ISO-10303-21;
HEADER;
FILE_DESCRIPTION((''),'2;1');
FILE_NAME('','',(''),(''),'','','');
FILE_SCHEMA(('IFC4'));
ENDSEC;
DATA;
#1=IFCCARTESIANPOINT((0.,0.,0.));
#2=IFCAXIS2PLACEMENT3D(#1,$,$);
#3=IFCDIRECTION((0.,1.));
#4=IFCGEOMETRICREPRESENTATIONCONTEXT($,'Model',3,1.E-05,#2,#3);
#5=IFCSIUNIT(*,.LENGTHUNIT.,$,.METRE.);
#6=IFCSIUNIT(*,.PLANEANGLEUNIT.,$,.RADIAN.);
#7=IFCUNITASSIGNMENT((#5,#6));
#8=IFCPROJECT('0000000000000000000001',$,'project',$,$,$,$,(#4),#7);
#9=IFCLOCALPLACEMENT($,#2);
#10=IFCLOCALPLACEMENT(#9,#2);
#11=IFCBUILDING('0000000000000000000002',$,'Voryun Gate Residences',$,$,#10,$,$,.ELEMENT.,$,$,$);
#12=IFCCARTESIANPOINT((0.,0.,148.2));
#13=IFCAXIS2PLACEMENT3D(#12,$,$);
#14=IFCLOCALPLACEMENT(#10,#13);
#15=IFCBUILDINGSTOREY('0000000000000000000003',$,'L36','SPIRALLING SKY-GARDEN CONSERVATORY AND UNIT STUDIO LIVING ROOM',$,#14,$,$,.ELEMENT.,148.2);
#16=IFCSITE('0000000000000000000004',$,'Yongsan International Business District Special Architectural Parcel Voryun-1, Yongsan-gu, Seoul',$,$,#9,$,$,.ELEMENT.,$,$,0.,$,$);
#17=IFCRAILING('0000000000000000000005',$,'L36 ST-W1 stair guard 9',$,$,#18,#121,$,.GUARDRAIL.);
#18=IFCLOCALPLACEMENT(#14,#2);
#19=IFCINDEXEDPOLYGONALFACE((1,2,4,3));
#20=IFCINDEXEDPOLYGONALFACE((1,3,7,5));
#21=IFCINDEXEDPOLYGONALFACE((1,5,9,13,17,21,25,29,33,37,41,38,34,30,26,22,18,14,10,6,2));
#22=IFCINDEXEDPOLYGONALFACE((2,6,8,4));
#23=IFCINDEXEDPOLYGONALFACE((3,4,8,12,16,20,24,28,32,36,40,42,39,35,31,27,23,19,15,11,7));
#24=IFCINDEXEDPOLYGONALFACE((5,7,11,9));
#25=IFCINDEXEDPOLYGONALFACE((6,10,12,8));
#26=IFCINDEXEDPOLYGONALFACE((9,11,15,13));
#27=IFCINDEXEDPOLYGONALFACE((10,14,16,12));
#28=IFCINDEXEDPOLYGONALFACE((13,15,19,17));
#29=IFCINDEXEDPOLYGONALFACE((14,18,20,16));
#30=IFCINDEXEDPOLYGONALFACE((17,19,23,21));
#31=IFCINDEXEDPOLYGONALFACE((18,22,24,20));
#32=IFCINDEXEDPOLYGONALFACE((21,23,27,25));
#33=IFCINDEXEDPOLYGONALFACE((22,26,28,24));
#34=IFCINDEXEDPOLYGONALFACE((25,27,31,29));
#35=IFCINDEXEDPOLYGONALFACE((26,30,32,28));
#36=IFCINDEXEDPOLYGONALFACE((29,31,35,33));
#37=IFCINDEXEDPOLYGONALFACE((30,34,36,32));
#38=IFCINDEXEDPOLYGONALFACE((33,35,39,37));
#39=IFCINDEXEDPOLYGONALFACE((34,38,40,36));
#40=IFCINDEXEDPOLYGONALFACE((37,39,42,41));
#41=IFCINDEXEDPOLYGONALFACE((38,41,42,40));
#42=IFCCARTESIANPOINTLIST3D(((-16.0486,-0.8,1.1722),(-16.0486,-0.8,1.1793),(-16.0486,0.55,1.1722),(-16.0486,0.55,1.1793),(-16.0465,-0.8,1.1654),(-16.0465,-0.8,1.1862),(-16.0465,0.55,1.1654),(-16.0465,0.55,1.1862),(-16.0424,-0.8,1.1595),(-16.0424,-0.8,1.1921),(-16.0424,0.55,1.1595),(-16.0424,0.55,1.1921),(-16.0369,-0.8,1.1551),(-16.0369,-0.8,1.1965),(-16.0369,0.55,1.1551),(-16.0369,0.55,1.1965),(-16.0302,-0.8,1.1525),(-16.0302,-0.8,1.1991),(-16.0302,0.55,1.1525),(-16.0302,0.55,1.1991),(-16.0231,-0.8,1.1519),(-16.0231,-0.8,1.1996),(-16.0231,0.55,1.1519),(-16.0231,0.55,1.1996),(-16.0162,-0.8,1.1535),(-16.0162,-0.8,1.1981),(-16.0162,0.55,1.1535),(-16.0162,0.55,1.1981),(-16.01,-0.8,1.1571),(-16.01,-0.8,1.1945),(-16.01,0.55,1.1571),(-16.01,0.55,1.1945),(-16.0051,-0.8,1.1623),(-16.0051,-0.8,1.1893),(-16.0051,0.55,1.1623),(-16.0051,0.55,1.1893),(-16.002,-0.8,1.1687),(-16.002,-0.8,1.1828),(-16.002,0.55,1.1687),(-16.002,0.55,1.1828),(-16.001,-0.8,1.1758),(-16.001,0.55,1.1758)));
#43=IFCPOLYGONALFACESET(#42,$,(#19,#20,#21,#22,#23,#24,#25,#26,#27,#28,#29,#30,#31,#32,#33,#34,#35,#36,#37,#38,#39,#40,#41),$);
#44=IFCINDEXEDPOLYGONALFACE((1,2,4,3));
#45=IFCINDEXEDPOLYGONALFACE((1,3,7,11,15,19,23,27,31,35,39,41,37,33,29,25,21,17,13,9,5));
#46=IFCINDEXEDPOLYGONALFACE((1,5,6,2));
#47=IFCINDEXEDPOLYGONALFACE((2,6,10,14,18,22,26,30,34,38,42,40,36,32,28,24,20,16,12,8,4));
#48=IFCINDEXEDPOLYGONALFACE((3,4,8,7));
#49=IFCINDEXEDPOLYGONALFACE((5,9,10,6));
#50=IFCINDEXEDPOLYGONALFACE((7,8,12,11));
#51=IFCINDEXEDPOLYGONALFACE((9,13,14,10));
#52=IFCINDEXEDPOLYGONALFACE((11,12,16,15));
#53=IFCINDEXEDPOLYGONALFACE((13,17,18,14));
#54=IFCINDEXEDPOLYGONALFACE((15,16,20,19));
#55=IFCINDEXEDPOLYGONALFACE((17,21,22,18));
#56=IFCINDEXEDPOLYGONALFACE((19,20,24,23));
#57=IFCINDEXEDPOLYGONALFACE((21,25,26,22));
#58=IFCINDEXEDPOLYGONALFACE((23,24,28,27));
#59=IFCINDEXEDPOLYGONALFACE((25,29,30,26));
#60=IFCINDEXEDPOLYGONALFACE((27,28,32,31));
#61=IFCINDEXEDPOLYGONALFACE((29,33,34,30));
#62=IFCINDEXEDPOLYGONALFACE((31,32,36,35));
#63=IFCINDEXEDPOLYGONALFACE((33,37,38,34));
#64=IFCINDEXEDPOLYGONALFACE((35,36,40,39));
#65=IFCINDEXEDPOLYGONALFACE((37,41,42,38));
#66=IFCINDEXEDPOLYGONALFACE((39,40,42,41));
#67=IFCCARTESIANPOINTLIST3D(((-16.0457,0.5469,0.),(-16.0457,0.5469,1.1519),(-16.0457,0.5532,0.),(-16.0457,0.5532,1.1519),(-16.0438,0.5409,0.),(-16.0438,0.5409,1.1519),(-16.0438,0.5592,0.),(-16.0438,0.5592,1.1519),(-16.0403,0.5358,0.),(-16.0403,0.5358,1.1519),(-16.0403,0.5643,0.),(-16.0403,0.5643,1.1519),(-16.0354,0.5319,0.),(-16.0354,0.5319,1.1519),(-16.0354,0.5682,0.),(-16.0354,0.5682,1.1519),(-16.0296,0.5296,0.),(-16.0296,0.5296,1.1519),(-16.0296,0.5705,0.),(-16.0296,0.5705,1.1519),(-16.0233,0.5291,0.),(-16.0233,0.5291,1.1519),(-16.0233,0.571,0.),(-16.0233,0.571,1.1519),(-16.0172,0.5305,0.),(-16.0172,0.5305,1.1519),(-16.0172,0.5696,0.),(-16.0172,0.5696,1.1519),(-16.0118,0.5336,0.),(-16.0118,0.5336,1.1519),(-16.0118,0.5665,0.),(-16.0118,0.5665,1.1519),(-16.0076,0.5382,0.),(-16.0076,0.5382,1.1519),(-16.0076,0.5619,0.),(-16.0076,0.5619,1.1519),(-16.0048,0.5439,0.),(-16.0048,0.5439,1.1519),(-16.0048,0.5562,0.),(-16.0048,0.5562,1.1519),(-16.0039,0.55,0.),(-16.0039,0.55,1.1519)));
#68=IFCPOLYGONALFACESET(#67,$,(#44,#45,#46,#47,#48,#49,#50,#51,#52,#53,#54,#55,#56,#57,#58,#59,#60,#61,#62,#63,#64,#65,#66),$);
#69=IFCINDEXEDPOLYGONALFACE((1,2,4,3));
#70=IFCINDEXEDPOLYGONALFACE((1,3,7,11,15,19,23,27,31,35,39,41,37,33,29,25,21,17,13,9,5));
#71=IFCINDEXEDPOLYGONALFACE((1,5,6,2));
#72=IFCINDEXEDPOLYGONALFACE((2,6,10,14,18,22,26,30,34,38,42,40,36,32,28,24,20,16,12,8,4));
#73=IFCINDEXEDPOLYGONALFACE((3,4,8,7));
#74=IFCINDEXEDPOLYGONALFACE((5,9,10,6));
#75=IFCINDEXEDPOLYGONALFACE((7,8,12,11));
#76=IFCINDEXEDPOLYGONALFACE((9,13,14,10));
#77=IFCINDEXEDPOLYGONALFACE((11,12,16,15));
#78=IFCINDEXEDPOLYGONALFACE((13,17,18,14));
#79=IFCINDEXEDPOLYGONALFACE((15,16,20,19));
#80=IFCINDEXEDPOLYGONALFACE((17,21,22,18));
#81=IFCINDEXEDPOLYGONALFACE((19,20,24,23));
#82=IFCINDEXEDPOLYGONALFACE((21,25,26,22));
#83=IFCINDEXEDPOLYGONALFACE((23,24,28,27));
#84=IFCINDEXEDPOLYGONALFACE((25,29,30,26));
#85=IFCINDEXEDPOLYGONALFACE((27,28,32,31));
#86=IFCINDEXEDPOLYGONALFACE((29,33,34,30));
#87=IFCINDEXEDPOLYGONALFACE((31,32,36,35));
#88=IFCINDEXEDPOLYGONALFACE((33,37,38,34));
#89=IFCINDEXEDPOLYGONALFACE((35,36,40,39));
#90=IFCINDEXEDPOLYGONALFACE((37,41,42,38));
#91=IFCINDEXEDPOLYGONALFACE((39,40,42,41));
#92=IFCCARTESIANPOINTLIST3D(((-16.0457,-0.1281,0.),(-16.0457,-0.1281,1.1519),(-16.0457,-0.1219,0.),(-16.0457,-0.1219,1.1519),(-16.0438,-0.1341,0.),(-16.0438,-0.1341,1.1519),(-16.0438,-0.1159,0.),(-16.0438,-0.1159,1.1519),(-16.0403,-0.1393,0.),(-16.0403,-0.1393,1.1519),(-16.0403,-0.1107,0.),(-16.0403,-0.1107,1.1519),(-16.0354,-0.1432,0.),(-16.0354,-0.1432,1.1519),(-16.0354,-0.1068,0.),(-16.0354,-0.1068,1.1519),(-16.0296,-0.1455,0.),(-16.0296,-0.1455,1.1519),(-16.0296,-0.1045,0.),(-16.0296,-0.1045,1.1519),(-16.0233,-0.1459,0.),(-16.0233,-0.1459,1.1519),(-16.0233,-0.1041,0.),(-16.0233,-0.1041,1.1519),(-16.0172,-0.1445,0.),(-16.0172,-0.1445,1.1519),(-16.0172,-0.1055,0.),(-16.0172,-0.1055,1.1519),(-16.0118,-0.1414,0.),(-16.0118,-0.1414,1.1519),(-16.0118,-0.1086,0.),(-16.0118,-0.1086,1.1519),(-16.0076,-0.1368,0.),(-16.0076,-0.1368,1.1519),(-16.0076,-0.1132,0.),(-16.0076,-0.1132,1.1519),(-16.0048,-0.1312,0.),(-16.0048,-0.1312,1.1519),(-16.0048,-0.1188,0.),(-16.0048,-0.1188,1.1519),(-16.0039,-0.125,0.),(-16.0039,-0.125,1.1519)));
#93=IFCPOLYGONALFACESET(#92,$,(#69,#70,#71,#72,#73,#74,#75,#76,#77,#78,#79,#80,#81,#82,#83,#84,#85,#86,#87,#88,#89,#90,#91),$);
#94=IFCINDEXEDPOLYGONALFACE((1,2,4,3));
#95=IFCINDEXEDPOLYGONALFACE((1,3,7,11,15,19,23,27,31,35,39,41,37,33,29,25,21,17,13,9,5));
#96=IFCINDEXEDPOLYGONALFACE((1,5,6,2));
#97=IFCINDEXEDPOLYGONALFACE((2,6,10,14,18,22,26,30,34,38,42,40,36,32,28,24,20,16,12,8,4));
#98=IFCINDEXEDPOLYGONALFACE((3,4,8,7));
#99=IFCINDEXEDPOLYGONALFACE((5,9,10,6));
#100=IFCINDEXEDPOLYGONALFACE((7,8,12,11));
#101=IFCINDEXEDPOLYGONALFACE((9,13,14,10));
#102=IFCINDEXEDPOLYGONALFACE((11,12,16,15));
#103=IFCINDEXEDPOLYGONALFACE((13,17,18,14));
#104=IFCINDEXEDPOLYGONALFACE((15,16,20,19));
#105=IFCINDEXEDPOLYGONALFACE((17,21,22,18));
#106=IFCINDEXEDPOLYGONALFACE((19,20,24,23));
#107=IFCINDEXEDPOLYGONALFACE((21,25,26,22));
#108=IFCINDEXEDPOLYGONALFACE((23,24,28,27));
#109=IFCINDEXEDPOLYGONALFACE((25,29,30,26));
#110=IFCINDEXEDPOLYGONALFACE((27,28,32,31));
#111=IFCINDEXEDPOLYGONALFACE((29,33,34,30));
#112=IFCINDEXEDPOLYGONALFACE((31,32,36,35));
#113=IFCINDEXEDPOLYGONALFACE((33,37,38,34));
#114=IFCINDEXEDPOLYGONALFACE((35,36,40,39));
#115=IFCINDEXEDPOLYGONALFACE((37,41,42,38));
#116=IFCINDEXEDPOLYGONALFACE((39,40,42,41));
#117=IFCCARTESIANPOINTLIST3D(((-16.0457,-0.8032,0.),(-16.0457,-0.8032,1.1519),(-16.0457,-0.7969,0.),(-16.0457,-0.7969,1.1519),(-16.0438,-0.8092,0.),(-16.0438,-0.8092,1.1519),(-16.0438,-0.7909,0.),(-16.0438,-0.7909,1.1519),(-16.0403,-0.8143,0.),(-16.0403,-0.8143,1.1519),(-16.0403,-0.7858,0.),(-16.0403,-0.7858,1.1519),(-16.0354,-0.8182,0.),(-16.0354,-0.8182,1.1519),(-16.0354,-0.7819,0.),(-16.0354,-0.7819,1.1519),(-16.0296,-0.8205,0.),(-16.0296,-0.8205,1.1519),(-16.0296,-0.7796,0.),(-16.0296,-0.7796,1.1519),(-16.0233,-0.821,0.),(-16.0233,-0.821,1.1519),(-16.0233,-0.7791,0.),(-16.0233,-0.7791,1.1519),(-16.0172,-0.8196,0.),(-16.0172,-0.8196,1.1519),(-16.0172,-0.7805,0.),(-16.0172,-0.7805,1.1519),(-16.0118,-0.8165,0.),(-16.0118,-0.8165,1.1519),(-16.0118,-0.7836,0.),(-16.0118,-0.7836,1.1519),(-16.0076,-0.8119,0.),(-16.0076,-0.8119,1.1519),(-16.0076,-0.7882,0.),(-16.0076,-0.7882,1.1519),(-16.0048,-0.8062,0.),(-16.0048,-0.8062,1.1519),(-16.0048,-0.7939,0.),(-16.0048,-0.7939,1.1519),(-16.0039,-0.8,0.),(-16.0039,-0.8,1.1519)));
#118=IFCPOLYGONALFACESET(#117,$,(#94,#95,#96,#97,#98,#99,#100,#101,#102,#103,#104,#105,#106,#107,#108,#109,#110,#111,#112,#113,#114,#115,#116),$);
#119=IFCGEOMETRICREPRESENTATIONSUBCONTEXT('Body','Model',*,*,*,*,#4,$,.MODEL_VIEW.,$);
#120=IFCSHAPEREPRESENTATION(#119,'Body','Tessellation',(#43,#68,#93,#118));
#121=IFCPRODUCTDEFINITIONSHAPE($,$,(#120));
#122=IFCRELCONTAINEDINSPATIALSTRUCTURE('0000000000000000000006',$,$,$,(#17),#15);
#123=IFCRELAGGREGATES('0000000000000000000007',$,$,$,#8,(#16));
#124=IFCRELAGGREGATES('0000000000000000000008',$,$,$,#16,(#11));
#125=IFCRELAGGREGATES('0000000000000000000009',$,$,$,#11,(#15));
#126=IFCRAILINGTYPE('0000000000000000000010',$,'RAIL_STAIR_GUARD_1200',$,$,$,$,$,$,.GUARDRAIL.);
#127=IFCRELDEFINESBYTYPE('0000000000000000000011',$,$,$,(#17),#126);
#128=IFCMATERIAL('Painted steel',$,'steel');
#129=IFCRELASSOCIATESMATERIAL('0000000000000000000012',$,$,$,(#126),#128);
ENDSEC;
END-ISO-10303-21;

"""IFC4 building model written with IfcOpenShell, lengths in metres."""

from ifc_helpers import new_model, si_unit, direction, frame, origin, origin_2d, place, context, subcontext, project, spatial, circle, extrude, material, type_object, element, save


model = new_model("IFC4")

# Units and contexts
model_context = context("Model", 3, precision=1e-05, world=origin(), true_north=direction((0.0, 1.0)))
body_context = subcontext(model_context, "Body", "Model", "MODEL_VIEW")
ifc_project = project(units=[si_unit("LENGTHUNIT", "METRE"), si_unit("PLANEANGLEUNIT", "RADIAN")], contexts=[model_context])

# Site, building, storey
site_placement = place(None, origin())
site = spatial("IfcSite", under=ifc_project, at=site_placement, Name="Yongsan International Business District Special Architectural Parcel Voryun-1, Yongsan-gu, Seoul", CompositionType="ELEMENT", RefElevation=0.0)
building_placement = place(site_placement, origin())
building = spatial("IfcBuilding", under=site, at=building_placement, Name="Voryun Gate Residences", CompositionType="ELEMENT")
storey_placement = place(building_placement, frame((0.0, 0.0, 148.2)))
storey = spatial("IfcBuildingStorey", under=building, at=storey_placement, Name="L36", Description="SPIRALLING SKY-GARDEN CONSERVATORY AND UNIT STUDIO LIVING ROOM", CompositionType="ELEMENT", Elevation=148.2)

# Railing
ifc_material_1 = material(Name="Painted steel", Category="steel")
railing_type_1 = type_object("IfcRailingType", Name="RAIL_STAIR_GUARD_1200", PredefinedType="GUARDRAIL", material=ifc_material_1)
for number, where, name in (
    (1, (-16.0249, 0.55, 0.0), "L36 ST-W1 stair guard 9"),
):
    element("IfcRailing", number, at=place(storey_placement, frame(where)), inside=storey, type_object=railing_type_1, Name=name, PredefinedType="GUARDRAIL", context=body_context, shape_type="SweptSolid", body=[
        extrude(circle(Radius=0.0239, at=origin_2d()), frame((0.0, 0.0, 1.1758), z_axis=(0.0, -1.0, 0.0), x_axis=(1.0, 0.0, 0.0)), (0.0, 0.0, 1.0), 1.3501),
        extrude(circle(Radius=0.021, at=origin_2d()), origin(), (0.0, 0.0, 1.0), 1.1519),
        extrude(circle(Radius=0.021, at=origin_2d()), frame((0.0, -0.675, 0.0)), (0.0, 0.0, 1.0), 1.1519),
        extrude(circle(Radius=0.021, at=origin_2d()), frame((0.0, -1.3501, 0.0)), (0.0, 0.0, 1.0), 1.1519),
    ])

save(model, "model.ifc")
